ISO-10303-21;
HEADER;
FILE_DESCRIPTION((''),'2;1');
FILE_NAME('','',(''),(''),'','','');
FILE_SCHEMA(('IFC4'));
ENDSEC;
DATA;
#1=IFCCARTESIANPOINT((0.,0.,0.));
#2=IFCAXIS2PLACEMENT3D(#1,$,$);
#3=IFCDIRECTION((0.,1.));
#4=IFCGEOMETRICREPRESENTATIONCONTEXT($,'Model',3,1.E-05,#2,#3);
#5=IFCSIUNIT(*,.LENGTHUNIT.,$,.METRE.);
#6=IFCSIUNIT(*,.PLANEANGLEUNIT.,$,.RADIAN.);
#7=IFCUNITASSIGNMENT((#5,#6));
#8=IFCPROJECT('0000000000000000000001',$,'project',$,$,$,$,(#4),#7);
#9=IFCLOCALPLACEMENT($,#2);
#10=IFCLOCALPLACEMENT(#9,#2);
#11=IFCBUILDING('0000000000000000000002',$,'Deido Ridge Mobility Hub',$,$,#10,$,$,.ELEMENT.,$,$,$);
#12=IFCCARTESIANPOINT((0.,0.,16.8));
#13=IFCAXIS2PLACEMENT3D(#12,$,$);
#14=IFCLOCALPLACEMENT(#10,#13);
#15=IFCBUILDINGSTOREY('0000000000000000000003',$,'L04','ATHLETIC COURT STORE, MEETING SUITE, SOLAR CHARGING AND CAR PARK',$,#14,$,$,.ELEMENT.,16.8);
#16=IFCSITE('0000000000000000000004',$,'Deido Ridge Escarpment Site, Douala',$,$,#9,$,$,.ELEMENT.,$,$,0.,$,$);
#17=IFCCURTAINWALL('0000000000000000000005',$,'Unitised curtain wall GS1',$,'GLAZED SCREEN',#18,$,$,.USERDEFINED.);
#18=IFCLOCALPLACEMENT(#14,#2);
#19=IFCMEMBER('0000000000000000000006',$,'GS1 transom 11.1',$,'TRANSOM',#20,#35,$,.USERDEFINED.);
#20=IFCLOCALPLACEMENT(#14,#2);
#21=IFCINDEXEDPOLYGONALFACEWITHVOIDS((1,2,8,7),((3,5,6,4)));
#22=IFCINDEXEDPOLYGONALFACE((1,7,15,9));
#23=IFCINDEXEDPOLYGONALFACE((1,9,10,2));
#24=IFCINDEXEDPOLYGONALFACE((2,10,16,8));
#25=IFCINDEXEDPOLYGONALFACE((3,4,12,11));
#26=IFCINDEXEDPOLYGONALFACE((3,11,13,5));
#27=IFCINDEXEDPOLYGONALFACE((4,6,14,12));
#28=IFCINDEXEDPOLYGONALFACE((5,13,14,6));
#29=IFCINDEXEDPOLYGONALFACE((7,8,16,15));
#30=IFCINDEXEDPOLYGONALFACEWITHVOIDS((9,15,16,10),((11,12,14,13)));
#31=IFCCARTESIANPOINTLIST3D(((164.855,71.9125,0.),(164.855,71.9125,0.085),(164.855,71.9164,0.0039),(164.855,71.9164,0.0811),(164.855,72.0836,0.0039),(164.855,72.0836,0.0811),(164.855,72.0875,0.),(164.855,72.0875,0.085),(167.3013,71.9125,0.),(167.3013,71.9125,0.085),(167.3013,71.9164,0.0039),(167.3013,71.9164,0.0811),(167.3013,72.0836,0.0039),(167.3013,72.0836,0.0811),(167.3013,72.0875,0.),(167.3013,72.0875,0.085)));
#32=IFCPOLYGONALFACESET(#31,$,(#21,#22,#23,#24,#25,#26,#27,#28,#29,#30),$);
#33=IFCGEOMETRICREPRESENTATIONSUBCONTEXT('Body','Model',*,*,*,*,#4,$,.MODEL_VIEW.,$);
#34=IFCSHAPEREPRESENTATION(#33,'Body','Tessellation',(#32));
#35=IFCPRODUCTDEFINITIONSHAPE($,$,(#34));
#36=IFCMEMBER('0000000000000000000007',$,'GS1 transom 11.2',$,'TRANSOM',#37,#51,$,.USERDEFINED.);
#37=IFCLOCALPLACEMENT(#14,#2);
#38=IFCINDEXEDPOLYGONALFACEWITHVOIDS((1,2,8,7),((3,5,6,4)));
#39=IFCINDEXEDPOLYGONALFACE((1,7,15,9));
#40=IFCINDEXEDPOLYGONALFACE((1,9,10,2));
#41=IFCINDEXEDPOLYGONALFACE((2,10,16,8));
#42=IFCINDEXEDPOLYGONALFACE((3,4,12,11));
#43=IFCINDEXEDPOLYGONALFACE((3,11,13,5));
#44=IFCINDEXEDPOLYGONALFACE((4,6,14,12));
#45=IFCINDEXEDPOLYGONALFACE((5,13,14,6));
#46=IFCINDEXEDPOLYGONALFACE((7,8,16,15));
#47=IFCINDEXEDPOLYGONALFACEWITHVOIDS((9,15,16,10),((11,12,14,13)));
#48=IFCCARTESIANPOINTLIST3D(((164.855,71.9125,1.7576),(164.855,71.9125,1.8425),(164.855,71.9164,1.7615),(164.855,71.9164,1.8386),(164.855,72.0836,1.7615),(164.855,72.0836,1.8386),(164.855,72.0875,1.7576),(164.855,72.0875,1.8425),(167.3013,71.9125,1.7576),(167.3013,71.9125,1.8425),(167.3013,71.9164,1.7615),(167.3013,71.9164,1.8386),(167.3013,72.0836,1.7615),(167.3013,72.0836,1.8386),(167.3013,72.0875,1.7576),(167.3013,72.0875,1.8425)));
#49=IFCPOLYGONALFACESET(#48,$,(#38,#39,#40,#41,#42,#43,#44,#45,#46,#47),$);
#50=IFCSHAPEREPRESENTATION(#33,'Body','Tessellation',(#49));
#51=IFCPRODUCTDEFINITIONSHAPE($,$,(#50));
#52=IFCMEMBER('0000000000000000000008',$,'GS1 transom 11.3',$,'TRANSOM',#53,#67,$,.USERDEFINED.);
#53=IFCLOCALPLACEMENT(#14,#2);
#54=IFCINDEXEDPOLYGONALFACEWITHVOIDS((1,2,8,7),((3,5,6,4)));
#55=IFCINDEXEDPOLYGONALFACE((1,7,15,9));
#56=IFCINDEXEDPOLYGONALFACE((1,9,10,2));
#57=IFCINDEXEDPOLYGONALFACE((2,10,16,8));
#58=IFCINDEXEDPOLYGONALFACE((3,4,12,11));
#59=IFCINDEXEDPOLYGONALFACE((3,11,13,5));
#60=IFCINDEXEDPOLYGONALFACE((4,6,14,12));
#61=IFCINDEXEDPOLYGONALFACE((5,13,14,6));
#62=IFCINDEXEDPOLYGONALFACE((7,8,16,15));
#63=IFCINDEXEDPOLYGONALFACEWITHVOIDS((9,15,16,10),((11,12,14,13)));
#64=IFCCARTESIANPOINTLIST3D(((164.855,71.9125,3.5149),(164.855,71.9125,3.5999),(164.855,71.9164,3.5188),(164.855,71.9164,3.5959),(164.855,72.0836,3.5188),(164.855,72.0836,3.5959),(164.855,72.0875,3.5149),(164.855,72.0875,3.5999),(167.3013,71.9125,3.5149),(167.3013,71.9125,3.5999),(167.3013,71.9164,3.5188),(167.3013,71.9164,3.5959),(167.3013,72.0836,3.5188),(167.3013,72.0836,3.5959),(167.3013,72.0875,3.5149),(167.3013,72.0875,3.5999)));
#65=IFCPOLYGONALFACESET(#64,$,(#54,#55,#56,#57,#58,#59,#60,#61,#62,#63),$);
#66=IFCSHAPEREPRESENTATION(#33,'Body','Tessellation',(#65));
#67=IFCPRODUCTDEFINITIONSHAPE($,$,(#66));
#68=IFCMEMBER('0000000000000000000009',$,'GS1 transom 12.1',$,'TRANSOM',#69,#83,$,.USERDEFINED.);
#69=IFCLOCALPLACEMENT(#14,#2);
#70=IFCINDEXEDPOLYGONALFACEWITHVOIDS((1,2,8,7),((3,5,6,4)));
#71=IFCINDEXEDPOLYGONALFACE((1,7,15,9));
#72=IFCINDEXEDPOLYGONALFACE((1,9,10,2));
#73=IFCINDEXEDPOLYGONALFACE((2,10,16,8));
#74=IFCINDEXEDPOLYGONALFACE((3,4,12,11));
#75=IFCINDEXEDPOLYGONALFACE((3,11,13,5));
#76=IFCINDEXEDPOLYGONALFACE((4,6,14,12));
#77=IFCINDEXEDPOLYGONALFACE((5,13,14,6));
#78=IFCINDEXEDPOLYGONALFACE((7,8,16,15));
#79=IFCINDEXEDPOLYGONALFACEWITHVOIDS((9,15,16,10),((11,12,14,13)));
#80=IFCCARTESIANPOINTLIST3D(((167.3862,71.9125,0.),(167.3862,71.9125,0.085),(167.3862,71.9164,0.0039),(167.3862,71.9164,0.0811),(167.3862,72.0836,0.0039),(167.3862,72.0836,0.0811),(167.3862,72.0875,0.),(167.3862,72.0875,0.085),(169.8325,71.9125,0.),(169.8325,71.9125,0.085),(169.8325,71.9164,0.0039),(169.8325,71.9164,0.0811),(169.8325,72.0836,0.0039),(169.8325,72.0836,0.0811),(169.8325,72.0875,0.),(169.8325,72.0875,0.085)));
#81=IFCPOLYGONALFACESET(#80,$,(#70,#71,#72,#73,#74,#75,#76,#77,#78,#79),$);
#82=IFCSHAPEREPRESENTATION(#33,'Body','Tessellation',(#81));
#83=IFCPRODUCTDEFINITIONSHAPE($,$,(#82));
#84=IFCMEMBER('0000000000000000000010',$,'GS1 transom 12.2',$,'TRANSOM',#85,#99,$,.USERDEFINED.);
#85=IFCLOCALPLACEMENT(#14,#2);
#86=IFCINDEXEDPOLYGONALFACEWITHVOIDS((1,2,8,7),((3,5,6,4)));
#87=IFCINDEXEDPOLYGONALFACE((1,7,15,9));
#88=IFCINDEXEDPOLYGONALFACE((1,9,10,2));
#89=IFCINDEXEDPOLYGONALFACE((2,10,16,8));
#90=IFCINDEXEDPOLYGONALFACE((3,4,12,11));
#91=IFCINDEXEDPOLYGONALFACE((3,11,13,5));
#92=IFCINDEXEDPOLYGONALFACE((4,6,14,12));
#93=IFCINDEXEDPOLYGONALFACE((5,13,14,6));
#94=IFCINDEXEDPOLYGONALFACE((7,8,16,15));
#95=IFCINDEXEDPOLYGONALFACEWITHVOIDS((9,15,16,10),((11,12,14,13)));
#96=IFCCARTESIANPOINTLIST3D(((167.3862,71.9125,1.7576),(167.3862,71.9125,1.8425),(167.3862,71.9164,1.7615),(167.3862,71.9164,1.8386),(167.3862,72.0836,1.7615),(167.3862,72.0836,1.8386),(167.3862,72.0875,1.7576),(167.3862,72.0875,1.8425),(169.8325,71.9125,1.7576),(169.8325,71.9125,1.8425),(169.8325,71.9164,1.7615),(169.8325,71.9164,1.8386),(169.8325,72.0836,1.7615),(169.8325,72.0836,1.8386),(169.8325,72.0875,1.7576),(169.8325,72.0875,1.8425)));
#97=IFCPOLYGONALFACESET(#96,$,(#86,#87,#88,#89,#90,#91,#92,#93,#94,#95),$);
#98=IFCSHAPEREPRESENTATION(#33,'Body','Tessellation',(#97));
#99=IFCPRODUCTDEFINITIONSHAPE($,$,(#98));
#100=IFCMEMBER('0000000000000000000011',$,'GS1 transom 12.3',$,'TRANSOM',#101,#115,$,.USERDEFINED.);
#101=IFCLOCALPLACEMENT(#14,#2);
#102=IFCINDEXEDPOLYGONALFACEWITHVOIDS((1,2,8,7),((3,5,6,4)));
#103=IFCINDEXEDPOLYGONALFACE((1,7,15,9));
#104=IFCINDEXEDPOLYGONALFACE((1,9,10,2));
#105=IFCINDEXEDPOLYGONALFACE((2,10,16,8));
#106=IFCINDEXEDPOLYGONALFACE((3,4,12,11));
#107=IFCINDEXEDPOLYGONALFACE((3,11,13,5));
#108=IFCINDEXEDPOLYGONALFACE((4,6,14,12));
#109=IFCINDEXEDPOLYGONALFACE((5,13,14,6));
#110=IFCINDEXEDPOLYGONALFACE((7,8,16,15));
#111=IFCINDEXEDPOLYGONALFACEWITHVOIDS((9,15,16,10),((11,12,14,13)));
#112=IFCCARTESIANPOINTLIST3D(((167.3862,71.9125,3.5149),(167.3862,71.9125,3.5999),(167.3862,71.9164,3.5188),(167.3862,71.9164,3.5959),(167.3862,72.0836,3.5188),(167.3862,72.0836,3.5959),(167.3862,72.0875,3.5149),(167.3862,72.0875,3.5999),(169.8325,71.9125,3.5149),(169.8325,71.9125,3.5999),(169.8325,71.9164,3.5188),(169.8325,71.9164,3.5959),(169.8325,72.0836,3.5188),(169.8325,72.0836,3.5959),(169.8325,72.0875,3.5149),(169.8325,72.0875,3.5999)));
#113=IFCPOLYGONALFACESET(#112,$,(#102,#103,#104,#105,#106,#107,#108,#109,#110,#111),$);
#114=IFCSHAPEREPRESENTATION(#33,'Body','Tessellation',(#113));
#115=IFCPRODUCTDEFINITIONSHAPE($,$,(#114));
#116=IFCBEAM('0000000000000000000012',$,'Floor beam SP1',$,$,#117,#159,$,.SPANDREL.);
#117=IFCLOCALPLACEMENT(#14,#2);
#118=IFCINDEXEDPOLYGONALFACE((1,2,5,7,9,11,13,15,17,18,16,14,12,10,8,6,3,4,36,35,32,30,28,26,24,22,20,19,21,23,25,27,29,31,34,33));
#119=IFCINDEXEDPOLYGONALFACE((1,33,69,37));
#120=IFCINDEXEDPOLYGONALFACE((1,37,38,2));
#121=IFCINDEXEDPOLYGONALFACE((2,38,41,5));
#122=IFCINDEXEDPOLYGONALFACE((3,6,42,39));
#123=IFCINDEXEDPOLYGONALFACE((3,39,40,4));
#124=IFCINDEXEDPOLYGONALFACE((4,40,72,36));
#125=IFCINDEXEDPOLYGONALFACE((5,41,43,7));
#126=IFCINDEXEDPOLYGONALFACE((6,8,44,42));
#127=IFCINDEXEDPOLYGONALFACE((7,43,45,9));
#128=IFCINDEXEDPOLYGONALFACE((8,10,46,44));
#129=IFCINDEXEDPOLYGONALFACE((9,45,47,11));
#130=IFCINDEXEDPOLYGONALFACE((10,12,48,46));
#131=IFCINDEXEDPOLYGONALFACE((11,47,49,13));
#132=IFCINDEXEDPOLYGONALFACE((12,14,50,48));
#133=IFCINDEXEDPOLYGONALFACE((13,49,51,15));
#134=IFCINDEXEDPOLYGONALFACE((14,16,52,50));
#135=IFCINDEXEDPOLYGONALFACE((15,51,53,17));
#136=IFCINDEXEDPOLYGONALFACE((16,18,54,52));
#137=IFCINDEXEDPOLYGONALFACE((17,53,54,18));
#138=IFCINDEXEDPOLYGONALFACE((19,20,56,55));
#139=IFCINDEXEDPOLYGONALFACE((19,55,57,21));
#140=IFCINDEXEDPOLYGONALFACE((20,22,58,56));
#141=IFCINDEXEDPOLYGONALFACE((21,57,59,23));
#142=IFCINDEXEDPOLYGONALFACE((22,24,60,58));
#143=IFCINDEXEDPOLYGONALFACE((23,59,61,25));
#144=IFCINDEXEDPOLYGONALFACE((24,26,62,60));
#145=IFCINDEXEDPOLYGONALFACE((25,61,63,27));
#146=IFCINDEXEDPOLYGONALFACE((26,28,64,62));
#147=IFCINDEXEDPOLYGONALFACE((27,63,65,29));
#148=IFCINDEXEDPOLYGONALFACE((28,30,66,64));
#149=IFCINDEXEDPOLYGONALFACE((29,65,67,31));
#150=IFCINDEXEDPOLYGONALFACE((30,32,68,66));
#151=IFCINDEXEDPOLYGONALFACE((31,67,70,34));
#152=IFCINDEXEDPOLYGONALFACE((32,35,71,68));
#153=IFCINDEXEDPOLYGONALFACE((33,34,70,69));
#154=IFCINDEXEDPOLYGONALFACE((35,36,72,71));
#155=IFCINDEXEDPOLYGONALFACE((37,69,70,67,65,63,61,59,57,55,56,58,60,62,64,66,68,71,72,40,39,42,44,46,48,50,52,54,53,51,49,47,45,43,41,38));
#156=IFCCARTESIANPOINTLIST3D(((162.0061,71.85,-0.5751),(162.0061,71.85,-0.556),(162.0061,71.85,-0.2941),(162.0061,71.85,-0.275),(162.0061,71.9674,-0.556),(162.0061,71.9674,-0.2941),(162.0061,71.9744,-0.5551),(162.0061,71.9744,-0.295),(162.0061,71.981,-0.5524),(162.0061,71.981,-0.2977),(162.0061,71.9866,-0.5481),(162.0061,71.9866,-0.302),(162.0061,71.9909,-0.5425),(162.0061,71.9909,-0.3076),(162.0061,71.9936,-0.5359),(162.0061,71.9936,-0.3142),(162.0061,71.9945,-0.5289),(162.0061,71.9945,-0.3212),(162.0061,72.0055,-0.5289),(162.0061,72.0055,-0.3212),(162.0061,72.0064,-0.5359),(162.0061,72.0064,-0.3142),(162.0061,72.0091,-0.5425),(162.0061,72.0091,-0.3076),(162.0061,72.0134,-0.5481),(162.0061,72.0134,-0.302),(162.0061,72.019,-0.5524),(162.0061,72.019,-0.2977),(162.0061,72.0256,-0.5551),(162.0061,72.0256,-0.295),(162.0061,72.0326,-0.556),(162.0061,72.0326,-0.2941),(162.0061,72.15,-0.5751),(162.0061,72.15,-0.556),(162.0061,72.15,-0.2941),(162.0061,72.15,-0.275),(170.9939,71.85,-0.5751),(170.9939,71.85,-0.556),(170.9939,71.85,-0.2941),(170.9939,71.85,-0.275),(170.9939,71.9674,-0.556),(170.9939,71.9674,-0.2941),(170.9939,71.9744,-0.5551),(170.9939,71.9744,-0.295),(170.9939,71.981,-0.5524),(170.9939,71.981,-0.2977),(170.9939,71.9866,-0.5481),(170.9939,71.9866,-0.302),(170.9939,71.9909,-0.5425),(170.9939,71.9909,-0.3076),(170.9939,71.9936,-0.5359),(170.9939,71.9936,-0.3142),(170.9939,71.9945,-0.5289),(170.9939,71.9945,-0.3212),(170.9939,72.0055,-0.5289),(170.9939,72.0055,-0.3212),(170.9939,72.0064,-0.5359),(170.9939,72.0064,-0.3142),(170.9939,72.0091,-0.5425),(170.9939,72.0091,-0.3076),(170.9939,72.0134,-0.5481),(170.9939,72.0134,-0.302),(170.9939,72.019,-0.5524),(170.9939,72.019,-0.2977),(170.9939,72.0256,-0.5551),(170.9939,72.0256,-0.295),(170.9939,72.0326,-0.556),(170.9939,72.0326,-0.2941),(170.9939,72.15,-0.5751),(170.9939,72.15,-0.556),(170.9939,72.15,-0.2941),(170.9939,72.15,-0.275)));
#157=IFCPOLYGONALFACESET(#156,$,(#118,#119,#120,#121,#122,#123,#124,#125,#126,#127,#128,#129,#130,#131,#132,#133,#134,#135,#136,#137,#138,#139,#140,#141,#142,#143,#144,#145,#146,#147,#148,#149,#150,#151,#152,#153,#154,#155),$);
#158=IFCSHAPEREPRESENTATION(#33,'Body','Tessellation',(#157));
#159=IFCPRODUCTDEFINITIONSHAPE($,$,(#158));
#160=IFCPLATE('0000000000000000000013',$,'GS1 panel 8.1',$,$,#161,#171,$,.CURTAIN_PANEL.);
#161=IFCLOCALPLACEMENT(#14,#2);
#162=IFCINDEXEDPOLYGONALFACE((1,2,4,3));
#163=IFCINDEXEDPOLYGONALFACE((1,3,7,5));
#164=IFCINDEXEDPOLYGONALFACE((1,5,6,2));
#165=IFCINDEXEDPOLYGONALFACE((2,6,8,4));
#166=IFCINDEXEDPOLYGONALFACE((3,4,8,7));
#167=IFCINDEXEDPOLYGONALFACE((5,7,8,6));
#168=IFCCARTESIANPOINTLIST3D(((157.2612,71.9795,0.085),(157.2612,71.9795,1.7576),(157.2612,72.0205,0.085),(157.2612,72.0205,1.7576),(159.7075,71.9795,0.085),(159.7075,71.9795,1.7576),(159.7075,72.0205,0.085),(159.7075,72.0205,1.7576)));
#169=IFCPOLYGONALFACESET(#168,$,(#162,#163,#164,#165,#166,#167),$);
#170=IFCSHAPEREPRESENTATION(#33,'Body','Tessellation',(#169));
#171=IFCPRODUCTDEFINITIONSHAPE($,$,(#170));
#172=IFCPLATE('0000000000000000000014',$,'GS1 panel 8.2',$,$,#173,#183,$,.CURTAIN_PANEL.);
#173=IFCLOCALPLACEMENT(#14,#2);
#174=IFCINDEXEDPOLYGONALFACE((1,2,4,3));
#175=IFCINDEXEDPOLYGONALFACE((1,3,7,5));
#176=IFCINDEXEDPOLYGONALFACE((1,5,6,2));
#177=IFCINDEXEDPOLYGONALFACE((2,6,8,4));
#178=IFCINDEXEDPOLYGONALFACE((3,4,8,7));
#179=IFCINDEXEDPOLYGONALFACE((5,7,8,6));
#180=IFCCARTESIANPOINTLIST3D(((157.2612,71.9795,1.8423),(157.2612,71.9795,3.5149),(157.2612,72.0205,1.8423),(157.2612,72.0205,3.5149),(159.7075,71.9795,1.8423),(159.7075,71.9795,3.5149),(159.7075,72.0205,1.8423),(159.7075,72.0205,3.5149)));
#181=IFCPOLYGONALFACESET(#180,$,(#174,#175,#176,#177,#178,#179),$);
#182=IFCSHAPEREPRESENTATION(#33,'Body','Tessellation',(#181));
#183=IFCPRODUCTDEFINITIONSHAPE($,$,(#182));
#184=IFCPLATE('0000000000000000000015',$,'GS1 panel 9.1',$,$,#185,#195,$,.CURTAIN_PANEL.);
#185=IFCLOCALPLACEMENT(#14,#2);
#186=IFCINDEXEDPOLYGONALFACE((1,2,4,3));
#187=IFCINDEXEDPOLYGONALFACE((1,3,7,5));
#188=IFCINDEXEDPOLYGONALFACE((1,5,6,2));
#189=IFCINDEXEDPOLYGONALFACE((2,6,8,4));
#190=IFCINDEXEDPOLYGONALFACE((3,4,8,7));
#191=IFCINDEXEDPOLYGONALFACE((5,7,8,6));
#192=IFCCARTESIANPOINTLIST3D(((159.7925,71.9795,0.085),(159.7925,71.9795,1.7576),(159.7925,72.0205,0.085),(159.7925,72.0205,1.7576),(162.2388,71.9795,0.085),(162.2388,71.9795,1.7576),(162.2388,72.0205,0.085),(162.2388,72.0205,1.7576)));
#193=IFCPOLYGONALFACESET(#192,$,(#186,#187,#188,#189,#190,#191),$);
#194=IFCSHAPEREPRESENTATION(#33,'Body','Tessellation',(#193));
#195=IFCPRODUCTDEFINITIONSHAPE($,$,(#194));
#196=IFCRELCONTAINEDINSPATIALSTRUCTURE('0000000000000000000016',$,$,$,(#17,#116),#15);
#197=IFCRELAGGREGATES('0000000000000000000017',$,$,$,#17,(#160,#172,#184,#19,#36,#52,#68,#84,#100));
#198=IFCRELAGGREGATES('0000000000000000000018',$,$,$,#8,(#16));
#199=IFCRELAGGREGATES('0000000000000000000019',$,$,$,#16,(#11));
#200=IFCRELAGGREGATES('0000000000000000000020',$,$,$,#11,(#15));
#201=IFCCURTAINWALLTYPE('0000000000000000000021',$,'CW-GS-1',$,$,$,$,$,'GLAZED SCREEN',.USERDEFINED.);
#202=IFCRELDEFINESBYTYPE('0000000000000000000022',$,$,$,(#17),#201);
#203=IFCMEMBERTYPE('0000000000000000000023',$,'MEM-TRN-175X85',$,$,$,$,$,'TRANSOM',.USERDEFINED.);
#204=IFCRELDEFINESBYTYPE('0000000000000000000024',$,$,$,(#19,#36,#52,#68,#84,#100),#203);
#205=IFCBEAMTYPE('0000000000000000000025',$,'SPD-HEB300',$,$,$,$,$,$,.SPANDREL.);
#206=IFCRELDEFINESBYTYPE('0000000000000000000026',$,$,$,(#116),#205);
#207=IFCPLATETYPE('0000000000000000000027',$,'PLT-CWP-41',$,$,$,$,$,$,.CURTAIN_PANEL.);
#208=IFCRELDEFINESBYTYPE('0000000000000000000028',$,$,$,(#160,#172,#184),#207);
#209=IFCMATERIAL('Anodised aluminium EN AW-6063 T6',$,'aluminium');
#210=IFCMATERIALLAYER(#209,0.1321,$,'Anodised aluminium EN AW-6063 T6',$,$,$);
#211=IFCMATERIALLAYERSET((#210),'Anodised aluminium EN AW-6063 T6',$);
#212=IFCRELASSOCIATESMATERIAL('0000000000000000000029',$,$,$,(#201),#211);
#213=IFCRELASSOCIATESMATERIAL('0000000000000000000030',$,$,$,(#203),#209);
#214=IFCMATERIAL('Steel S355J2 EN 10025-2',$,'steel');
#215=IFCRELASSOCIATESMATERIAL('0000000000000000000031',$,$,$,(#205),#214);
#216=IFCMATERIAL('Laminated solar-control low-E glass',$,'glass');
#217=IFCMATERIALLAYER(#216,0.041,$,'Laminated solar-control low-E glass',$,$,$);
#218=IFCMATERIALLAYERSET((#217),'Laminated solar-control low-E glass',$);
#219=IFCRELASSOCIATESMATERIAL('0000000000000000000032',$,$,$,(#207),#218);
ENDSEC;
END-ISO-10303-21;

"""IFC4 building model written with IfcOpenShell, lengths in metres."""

from ifc_helpers import new_model, si_unit, direction, frame, origin, origin_2d, place, context, subcontext, project, spatial, rectangle, hollow_rectangle, i_section, extrude, material, layer, layer_set, material_profile, profile_set, type_object, element, aggregate, save


model = new_model("IFC4")

# Units and contexts
model_context = context("Model", 3, precision=1e-05, world=origin(), true_north=direction((0.0, 1.0)))
body_context = subcontext(model_context, "Body", "Model", "MODEL_VIEW")
ifc_project = project(units=[si_unit("LENGTHUNIT", "METRE"), si_unit("PLANEANGLEUNIT", "RADIAN")], contexts=[model_context])

# Site, building, storey
site_placement = place(None, origin())
site = spatial("IfcSite", under=ifc_project, at=site_placement, Name="Deido Ridge Escarpment Site, Douala", CompositionType="ELEMENT", RefElevation=0.0)
building_placement = place(site_placement, origin())
building = spatial("IfcBuilding", under=site, at=building_placement, Name="Deido Ridge Mobility Hub", CompositionType="ELEMENT")
storey_placement = place(building_placement, frame((0.0, 0.0, 16.8)))
storey = spatial("IfcBuildingStorey", under=building, at=storey_placement, Name="L04", Description="ATHLETIC COURT STORE, MEETING SUITE, SOLAR CHARGING AND CAR PARK", CompositionType="ELEMENT", Elevation=16.8)

# Curtain wall, members
ifc_material_1 = material(Name="Anodised aluminium EN AW-6063 T6", Category="aluminium")
ifc_layer_1 = layer(ifc_material_1, 0.1321, Name="Anodised aluminium EN AW-6063 T6")
ifc_layer_set_1 = layer_set([ifc_layer_1], Name="Anodised aluminium EN AW-6063 T6")
curtain_wall_type = type_object("IfcCurtainWallType", Name="CW-GS-1", ElementType="GLAZED SCREEN", PredefinedType="USERDEFINED", material=ifc_layer_set_1)
curtain_wall_placement = place(storey_placement, origin())
curtain_wall = element("IfcCurtainWall", 1, at=curtain_wall_placement, inside=storey, type_object=curtain_wall_type, Name="Unitised curtain wall GS1", ObjectType="GLAZED SCREEN", PredefinedType="USERDEFINED")
ifc_material_profile_1 = material_profile(ifc_material_1, hollow_rectangle(XDim=0.175, YDim=0.085, WallThickness=0.0039, at=origin_2d()), Name="RHS 175x85x4")
ifc_profile_set_1 = profile_set([ifc_material_profile_1], Name="Anodised aluminium EN AW-6063 T6")
member_type_1 = type_object("IfcMemberType", Name="MEM-TRN-175X85", ElementType="TRANSOM", PredefinedType="USERDEFINED", material=ifc_profile_set_1)
member_1_placement = place(storey_placement, frame((164.855, 72.0, 0.0425), z_axis=(1.0, 0.0, 0.0), x_axis=(0.0, 1.0, 0.0)))
member_1 = element("IfcMember", 2, at=member_1_placement, type_object=member_type_1, Name="GS1 transom 11.1", ObjectType="TRANSOM", PredefinedType="USERDEFINED", context=body_context, shape_type="SweptSolid", body=[
    extrude(hollow_rectangle(XDim=0.175, YDim=0.085, WallThickness=0.0039, at=origin_2d()), origin(), (0.0, 0.0, 1.0), 2.4463),
])
member_2_placement = place(storey_placement, frame((164.855, 72.0, 1.8), z_axis=(1.0, 0.0, 0.0), x_axis=(0.0, 1.0, 0.0)))
member_2 = element("IfcMember", 3, at=member_2_placement, type_object=member_type_1, Name="GS1 transom 11.2", ObjectType="TRANSOM", PredefinedType="USERDEFINED", context=body_context, shape_type="SweptSolid", body=[
    extrude(hollow_rectangle(XDim=0.175, YDim=0.085, WallThickness=0.0039, at=origin_2d()), origin(), (0.0, 0.0, 1.0), 2.4463),
])
member_3_placement = place(storey_placement, frame((164.855, 72.0, 3.5574), z_axis=(1.0, 0.0, 0.0), x_axis=(0.0, 1.0, 0.0)))
member_3 = element("IfcMember", 4, at=member_3_placement, type_object=member_type_1, Name="GS1 transom 11.3", ObjectType="TRANSOM", PredefinedType="USERDEFINED", context=body_context, shape_type="SweptSolid", body=[
    extrude(hollow_rectangle(XDim=0.175, YDim=0.085, WallThickness=0.0039, at=origin_2d()), origin(), (0.0, 0.0, 1.0), 2.4463),
])
member_4_placement = place(storey_placement, frame((167.3862, 72.0, 0.0425), z_axis=(1.0, 0.0, 0.0), x_axis=(0.0, 1.0, 0.0)))
member_4 = element("IfcMember", 5, at=member_4_placement, type_object=member_type_1, Name="GS1 transom 12.1", ObjectType="TRANSOM", PredefinedType="USERDEFINED", context=body_context, shape_type="SweptSolid", body=[
    extrude(hollow_rectangle(XDim=0.175, YDim=0.085, WallThickness=0.0039, at=origin_2d()), origin(), (0.0, 0.0, 1.0), 2.4463),
])
member_5_placement = place(storey_placement, frame((167.3862, 72.0, 1.8), z_axis=(1.0, 0.0, 0.0), x_axis=(0.0, 1.0, 0.0)))
member_5 = element("IfcMember", 6, at=member_5_placement, type_object=member_type_1, Name="GS1 transom 12.2", ObjectType="TRANSOM", PredefinedType="USERDEFINED", context=body_context, shape_type="SweptSolid", body=[
    extrude(hollow_rectangle(XDim=0.175, YDim=0.085, WallThickness=0.0039, at=origin_2d()), origin(), (0.0, 0.0, 1.0), 2.4463),
])
member_6_placement = place(storey_placement, frame((167.3862, 72.0, 3.5574), z_axis=(1.0, 0.0, 0.0), x_axis=(0.0, 1.0, 0.0)))
member_6 = element("IfcMember", 7, at=member_6_placement, type_object=member_type_1, Name="GS1 transom 12.3", ObjectType="TRANSOM", PredefinedType="USERDEFINED", context=body_context, shape_type="SweptSolid", body=[
    extrude(hollow_rectangle(XDim=0.175, YDim=0.085, WallThickness=0.0039, at=origin_2d()), origin(), (0.0, 0.0, 1.0), 2.4463),
])

# Beam
ifc_material_2 = material(Name="Steel S355J2 EN 10025-2", Category="steel")
ifc_material_profile_2 = material_profile(ifc_material_2, i_section(OverallWidth=0.3, OverallDepth=0.3, WebThickness=0.011, FlangeThickness=0.019, FilletRadius=0.0271, at=origin_2d()), Name="HEB 300")
ifc_profile_set_2 = profile_set([ifc_material_profile_2], Name="Steel S355J2 EN 10025-2")
beam_type = type_object("IfcBeamType", Name="SPD-HEB300", PredefinedType="SPANDREL", material=ifc_profile_set_2)
beam_placement = place(storey_placement, frame((162.0061, 72.0, -0.425), z_axis=(1.0, 0.0, 0.0), x_axis=(0.0, 1.0, 0.0)))
element("IfcBeam", 8, at=beam_placement, inside=storey, type_object=beam_type, Name="Floor beam SP1", PredefinedType="SPANDREL", context=body_context, shape_type="SweptSolid", body=[
    extrude(i_section(OverallWidth=0.3, OverallDepth=0.3, WebThickness=0.011, FlangeThickness=0.019, FilletRadius=0.0271, at=origin_2d()), origin(), (0.0, 0.0, 1.0), 8.9878),
])

# Plates
ifc_material_3 = material(Name="Laminated solar-control low-E glass", Category="glass")
ifc_layer_2 = layer(ifc_material_3, 0.041, Name="Laminated solar-control low-E glass")
ifc_layer_set_2 = layer_set([ifc_layer_2], Name="Laminated solar-control low-E glass")
plate_type = type_object("IfcPlateType", Name="PLT-CWP-41", PredefinedType="CURTAIN_PANEL", material=ifc_layer_set_2)
plate_1_placement = place(storey_placement, frame((158.4844, 72.0, 0.085), z_axis=(0.0, 0.0, 1.0), x_axis=(1.0, 0.0, 0.0)))
plate_1 = element("IfcPlate", 9, at=plate_1_placement, type_object=plate_type, Name="GS1 panel 8.1", PredefinedType="CURTAIN_PANEL", context=body_context, shape_type="SweptSolid", body=[
    extrude(rectangle(XDim=2.4463, YDim=0.041, at=origin_2d()), origin(), (0.0, 0.0, 1.0), 1.6726),
])
plate_2_placement = place(storey_placement, frame((158.4844, 72.0, 1.8423), z_axis=(0.0, 0.0, 1.0), x_axis=(1.0, 0.0, 0.0)))
plate_2 = element("IfcPlate", 10, at=plate_2_placement, type_object=plate_type, Name="GS1 panel 8.2", PredefinedType="CURTAIN_PANEL", context=body_context, shape_type="SweptSolid", body=[
    extrude(rectangle(XDim=2.4463, YDim=0.041, at=origin_2d()), origin(), (0.0, 0.0, 1.0), 1.6726),
])
plate_3_placement = place(storey_placement, frame((161.0156, 72.0, 0.085), z_axis=(0.0, 0.0, 1.0), x_axis=(1.0, 0.0, 0.0)))
plate_3 = element("IfcPlate", 11, at=plate_3_placement, type_object=plate_type, Name="GS1 panel 9.1", PredefinedType="CURTAIN_PANEL", context=body_context, shape_type="SweptSolid", body=[
    extrude(rectangle(XDim=2.4463, YDim=0.041, at=origin_2d()), origin(), (0.0, 0.0, 1.0), 1.6726),
])
aggregate(curtain_wall, [plate_1, plate_2, plate_3, member_1, member_2, member_3, member_4, member_5, member_6])

save(model, "model.ifc")
